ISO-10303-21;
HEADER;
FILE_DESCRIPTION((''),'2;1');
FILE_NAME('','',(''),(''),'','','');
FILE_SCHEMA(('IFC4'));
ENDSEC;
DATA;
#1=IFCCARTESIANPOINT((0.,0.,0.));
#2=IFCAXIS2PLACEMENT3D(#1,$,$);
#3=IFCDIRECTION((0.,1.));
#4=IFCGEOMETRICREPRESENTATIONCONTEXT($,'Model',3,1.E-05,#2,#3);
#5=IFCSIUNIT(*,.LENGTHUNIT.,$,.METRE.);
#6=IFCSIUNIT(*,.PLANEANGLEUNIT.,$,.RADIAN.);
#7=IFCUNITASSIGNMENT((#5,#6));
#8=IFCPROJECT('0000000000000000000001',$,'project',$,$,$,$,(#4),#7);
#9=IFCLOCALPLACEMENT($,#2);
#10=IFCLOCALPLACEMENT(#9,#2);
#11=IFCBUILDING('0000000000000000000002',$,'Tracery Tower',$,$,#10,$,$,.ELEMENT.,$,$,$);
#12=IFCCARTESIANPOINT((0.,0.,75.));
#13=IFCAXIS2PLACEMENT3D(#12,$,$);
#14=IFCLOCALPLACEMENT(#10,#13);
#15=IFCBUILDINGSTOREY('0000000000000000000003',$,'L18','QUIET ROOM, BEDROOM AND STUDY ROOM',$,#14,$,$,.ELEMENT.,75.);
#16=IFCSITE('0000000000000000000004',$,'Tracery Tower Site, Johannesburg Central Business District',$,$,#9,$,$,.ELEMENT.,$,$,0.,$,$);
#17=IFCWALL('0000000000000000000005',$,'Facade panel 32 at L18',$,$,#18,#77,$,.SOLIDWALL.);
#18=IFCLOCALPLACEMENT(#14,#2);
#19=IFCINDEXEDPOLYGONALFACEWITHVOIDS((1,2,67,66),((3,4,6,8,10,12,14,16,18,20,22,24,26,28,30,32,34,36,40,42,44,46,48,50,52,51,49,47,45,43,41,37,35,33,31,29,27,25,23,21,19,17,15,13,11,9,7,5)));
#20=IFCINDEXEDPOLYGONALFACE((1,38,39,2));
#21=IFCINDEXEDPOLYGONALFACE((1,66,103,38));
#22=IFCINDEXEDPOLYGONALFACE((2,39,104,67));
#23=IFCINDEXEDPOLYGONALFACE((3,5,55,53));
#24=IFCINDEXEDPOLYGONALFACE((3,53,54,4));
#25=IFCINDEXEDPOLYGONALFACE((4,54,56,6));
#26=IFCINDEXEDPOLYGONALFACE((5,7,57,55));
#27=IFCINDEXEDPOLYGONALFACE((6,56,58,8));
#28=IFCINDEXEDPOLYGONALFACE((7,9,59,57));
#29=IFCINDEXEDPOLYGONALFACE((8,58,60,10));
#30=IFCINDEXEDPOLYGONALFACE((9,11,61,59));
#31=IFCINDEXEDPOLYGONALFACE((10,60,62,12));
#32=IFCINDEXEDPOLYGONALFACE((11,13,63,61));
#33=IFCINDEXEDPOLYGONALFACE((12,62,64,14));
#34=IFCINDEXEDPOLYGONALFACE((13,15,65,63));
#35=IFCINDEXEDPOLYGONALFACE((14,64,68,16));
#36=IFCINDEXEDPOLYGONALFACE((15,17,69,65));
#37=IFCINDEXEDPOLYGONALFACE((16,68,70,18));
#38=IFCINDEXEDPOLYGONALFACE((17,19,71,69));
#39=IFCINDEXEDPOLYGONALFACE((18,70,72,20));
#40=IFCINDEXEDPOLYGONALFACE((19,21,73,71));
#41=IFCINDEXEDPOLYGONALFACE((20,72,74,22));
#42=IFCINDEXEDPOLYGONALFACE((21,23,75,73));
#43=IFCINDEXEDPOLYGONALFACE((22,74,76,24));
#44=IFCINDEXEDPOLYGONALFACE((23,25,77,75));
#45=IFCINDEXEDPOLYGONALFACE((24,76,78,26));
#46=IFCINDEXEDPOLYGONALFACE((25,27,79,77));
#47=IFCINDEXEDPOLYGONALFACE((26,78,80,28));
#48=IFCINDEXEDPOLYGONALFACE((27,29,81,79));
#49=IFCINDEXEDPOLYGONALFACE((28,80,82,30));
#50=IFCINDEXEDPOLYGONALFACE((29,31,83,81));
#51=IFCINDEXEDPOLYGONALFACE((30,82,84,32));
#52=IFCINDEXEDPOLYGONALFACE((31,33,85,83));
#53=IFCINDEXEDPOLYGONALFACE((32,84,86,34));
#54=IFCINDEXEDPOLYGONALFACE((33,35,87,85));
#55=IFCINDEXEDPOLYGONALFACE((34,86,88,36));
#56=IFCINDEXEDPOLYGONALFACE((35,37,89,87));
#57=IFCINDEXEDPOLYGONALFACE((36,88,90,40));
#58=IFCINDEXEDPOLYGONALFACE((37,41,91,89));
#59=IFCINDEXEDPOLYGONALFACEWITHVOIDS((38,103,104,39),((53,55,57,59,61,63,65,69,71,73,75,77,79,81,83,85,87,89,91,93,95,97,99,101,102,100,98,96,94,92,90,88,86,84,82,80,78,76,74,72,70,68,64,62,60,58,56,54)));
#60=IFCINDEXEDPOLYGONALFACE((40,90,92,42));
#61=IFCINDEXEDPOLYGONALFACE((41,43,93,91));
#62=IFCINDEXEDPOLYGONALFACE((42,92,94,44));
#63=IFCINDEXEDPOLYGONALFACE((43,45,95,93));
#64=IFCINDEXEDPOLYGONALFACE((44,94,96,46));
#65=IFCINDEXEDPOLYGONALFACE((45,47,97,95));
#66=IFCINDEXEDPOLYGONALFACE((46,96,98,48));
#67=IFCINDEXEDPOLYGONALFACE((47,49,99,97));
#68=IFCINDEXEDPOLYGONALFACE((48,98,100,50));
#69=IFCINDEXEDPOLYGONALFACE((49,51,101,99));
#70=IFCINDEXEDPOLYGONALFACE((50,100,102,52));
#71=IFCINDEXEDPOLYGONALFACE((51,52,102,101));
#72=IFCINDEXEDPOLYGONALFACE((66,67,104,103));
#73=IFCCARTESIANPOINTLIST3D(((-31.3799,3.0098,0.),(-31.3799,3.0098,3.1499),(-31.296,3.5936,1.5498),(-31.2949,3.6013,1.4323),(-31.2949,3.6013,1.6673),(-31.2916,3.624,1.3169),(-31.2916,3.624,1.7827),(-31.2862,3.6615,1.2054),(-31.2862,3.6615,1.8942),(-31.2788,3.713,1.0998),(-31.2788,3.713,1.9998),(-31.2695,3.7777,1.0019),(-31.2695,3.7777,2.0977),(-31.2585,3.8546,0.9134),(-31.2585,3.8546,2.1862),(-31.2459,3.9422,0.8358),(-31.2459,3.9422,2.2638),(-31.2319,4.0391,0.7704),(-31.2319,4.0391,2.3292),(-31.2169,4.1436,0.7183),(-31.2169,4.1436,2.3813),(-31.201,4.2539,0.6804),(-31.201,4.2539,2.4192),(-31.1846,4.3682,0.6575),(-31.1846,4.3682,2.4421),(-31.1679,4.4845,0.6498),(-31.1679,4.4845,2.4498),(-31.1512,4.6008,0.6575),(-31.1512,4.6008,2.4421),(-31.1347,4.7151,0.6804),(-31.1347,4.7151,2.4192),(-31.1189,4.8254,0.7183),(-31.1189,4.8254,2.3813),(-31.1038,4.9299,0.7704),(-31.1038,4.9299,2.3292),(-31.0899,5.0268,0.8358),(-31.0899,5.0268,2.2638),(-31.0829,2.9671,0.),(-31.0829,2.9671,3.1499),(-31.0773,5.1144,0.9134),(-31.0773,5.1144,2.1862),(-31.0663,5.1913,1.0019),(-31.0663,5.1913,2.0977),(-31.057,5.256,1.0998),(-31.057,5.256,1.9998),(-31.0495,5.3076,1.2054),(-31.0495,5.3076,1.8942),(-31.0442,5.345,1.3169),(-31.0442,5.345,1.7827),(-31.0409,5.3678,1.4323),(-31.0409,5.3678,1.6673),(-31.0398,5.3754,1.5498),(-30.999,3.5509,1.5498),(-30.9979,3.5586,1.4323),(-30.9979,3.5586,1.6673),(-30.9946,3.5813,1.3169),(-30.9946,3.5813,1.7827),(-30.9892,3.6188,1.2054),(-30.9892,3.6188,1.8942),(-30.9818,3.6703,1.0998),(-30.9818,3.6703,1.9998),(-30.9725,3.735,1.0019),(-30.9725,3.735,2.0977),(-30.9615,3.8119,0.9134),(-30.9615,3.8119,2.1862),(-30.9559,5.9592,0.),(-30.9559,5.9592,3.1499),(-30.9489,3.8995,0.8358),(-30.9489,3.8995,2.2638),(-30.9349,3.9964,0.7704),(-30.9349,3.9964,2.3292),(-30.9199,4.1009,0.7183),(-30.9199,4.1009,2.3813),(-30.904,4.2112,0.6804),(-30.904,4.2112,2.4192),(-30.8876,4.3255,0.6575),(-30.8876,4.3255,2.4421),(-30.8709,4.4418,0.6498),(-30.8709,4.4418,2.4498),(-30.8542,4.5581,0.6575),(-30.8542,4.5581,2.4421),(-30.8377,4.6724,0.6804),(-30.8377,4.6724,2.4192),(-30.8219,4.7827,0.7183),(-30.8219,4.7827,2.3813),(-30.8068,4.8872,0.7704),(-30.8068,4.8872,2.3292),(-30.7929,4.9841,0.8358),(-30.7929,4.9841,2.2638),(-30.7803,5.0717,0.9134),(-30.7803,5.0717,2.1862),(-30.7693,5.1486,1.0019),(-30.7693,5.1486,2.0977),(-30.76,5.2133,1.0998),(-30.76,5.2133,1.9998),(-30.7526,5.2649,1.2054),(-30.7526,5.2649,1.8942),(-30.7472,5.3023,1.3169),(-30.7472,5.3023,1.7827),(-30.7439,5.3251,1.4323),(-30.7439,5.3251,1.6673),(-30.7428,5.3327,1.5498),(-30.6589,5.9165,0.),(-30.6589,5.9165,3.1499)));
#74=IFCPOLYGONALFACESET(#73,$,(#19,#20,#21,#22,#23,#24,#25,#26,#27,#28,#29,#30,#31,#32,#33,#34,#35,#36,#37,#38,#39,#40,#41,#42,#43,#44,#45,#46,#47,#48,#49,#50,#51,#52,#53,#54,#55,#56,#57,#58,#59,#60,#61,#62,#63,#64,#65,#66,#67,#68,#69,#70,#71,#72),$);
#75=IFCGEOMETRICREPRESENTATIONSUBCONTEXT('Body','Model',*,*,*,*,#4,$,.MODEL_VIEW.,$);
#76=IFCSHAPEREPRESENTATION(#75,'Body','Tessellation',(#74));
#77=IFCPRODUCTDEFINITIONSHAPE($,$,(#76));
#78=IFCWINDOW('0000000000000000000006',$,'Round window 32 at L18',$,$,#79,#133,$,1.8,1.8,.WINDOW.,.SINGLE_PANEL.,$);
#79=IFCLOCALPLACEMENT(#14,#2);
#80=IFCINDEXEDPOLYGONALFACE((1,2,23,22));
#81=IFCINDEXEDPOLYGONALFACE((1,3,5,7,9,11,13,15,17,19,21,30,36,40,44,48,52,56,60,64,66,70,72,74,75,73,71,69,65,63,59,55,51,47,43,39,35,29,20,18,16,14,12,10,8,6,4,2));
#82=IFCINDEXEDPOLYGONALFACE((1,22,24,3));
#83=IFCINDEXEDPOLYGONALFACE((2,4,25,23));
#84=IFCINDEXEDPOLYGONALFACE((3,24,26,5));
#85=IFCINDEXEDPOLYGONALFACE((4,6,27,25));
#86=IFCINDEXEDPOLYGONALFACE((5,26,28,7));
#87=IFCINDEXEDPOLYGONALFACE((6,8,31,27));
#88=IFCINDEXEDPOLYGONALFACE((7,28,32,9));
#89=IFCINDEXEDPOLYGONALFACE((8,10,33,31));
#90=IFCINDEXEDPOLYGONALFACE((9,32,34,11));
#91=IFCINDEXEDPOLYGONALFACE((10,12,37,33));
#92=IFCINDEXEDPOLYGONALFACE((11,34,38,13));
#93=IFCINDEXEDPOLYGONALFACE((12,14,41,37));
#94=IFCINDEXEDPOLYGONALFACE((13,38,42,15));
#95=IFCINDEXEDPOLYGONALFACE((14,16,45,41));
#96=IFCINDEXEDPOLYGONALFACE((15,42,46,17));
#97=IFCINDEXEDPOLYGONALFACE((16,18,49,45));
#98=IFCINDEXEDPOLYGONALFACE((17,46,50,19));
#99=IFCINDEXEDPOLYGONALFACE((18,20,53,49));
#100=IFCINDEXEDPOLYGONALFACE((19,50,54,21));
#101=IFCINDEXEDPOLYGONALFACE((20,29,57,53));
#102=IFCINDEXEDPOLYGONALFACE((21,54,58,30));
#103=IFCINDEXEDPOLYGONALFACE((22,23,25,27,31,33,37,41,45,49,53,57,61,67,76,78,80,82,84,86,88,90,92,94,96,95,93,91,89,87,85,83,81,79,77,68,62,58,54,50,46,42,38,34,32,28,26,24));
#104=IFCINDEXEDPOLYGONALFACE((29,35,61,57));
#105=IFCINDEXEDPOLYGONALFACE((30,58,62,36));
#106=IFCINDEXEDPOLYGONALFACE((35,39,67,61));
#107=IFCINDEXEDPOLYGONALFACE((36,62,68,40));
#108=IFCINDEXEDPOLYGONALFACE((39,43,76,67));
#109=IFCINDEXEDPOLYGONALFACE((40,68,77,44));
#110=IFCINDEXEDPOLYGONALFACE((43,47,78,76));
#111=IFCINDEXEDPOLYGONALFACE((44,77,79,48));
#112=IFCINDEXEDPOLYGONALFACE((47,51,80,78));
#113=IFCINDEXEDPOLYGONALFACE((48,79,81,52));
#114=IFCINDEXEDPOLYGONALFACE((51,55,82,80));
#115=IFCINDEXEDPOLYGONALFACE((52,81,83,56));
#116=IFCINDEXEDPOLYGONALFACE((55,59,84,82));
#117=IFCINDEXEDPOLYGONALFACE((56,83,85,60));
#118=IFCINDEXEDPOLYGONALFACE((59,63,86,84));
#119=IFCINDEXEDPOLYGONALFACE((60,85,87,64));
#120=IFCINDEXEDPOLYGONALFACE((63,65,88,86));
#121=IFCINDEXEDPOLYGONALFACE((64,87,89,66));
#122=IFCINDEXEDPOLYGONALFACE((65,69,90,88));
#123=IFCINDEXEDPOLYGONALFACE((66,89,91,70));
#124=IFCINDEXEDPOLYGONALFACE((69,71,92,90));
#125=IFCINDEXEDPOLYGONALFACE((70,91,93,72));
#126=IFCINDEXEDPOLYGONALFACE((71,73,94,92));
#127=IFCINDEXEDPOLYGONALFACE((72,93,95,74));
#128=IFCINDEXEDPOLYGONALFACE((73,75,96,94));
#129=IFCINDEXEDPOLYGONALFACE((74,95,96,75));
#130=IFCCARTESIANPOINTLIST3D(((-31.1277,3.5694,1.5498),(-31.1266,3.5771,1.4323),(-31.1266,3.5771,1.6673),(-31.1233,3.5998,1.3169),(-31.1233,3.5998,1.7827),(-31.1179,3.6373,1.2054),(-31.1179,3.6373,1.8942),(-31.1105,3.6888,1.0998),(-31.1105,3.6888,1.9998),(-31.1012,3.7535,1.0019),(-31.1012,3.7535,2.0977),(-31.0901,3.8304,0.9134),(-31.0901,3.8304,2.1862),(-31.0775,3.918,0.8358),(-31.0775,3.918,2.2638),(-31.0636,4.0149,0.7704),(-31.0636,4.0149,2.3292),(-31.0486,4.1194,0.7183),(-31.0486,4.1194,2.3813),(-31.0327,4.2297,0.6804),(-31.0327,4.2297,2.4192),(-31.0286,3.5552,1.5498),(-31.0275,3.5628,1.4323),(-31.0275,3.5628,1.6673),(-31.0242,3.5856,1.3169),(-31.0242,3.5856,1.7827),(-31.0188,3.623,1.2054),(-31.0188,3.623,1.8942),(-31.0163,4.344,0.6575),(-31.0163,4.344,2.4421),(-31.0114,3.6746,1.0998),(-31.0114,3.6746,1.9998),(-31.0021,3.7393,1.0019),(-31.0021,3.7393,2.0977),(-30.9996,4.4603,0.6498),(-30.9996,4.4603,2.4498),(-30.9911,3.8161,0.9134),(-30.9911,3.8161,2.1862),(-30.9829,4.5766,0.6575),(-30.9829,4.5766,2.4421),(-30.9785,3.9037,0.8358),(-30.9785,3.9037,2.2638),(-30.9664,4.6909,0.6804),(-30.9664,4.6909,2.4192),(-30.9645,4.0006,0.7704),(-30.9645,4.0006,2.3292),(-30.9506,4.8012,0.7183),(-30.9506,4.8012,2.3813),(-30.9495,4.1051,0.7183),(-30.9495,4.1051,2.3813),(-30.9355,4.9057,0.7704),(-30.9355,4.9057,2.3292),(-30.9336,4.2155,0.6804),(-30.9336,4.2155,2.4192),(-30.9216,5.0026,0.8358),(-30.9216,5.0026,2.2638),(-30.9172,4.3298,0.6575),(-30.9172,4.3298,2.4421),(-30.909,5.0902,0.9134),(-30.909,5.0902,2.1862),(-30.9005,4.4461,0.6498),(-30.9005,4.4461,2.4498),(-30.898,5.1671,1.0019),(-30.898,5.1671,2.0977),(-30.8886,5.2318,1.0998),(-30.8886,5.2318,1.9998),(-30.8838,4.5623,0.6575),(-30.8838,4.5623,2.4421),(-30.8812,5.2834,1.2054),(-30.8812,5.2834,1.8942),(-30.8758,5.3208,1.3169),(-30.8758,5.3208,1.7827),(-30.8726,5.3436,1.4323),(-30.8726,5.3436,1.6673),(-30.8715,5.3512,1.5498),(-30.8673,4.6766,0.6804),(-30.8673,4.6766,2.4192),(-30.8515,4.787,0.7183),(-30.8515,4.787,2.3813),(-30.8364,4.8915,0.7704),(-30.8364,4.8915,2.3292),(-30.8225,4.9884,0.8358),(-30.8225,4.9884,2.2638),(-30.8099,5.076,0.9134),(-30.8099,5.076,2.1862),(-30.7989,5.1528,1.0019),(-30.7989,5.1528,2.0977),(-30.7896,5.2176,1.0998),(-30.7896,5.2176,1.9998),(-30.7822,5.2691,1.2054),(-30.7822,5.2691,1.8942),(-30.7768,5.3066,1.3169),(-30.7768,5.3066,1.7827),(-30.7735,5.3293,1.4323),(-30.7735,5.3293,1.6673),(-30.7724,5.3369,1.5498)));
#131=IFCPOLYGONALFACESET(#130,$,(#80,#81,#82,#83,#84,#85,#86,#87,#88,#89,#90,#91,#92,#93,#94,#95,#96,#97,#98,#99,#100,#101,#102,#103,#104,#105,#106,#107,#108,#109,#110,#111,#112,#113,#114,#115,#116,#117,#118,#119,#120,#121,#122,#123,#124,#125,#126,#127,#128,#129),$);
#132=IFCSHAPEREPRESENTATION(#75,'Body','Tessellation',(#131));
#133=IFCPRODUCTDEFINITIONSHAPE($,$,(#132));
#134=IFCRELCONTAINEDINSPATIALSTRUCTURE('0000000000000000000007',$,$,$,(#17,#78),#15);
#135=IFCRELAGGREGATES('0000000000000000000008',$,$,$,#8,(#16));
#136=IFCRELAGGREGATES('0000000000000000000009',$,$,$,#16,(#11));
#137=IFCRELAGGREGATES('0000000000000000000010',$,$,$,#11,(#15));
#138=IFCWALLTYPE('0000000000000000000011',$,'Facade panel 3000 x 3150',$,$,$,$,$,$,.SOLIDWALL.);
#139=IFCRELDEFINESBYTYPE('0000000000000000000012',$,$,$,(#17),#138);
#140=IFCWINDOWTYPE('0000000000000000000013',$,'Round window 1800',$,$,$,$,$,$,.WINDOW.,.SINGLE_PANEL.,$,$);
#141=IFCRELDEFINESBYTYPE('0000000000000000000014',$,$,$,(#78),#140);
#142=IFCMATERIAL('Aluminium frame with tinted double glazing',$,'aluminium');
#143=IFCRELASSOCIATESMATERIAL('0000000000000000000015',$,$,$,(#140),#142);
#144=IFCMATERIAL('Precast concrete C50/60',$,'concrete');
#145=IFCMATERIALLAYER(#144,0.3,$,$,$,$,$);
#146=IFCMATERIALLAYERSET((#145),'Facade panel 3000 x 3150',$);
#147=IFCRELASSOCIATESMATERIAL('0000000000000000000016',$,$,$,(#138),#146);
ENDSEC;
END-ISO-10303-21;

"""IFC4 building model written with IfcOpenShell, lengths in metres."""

from ifc_helpers import new_model, si_unit, direction, frame, frame_2d, origin, origin_2d, place, context, subcontext, project, spatial, rectangle, circle, extrude, material, layer, layer_set, type_object, element, fill, save


model = new_model("IFC4")

# Units and contexts
model_context = context("Model", 3, precision=1e-05, world=origin(), true_north=direction((0.0, 1.0)))
body_context = subcontext(model_context, "Body", "Model", "MODEL_VIEW")
ifc_project = project(units=[si_unit("LENGTHUNIT", "METRE"), si_unit("PLANEANGLEUNIT", "RADIAN")], contexts=[model_context])

# Site, building, storey
site_placement = place(None, origin())
site = spatial("IfcSite", under=ifc_project, at=site_placement, Name="Tracery Tower Site, Johannesburg Central Business District", CompositionType="ELEMENT", RefElevation=0.0)
building_placement = place(site_placement, origin())
building = spatial("IfcBuilding", under=site, at=building_placement, Name="Tracery Tower", CompositionType="ELEMENT")
storey_placement = place(building_placement, frame((0.0, 0.0, 75.0)))
storey = spatial("IfcBuildingStorey", under=building, at=storey_placement, Name="L18", Description="QUIET ROOM, BEDROOM AND STUDY ROOM", CompositionType="ELEMENT", Elevation=75.0)

# Wall, opening, window
ifc_material_1 = material(Name="Aluminium frame with tinted double glazing", Category="aluminium")
window_type = type_object("IfcWindowType", Name="Round window 1800", PartitioningType="SINGLE_PANEL", PredefinedType="WINDOW", material=ifc_material_1)
ifc_material_2 = material(Name="Precast concrete C50/60", Category="concrete")
ifc_layer_1 = layer(ifc_material_2, 0.3)
ifc_layer_set_1 = layer_set([ifc_layer_1], Name="Facade panel 3000 x 3150")
wall_type_1 = type_object("IfcWallType", Name="Facade panel 3000 x 3150", PredefinedType="SOLIDWALL", material=ifc_layer_set_1)
wall_1_placement = place(storey_placement, frame((-30.8074, 5.9377, 0.0), z_axis=(0.0, 0.0, 1.0), x_axis=(-0.142316, -0.989821, 0.0)))
wall_1 = element("IfcWall", 1, at=wall_1_placement, inside=storey, type_object=wall_type_1, Name="Facade panel 32 at L18", PredefinedType="SOLIDWALL", context=body_context, shape_type="SweptSolid", body=[
    extrude(rectangle(XDim=2.9797, YDim=0.3, at=frame_2d((1.4897, 0.0))), origin(), (0.0, 0.0, 1.0), 3.1499),
])
opening_1_placement = place(wall_1_placement, frame((1.4897, 0.0, 1.5498)))
opening_1 = element("IfcOpeningElement", 2, at=opening_1_placement, cuts=wall_1, PredefinedType="OPENING", context=body_context, shape_type="SweptSolid", body=[
    extrude(circle(Radius=0.9, at=origin_2d()), frame((0.0, 0.1599, 0.0), z_axis=(0.0, -1.0, 0.0), x_axis=(1.0, 0.0, 0.0)), (0.0, 0.0, 1.0), 0.3201),
])
window_1_placement = place(opening_1_placement, origin())
window_1 = element("IfcWindow", 3, at=window_1_placement, inside=storey, type_object=window_type, Name="Round window 32 at L18", OverallHeight=1.8, OverallWidth=1.8, PartitioningType="SINGLE_PANEL", PredefinedType="WINDOW", context=body_context, shape_type="SweptSolid", body=[
    extrude(circle(Radius=0.9, at=origin_2d()), frame((0.0, 0.1201, 0.0), z_axis=(0.0, -1.0, 0.0), x_axis=(1.0, 0.0, 0.0)), (0.0, 0.0, 1.0), 0.1001),
])
fill(opening_1, window_1)

save(model, "model.ifc")
